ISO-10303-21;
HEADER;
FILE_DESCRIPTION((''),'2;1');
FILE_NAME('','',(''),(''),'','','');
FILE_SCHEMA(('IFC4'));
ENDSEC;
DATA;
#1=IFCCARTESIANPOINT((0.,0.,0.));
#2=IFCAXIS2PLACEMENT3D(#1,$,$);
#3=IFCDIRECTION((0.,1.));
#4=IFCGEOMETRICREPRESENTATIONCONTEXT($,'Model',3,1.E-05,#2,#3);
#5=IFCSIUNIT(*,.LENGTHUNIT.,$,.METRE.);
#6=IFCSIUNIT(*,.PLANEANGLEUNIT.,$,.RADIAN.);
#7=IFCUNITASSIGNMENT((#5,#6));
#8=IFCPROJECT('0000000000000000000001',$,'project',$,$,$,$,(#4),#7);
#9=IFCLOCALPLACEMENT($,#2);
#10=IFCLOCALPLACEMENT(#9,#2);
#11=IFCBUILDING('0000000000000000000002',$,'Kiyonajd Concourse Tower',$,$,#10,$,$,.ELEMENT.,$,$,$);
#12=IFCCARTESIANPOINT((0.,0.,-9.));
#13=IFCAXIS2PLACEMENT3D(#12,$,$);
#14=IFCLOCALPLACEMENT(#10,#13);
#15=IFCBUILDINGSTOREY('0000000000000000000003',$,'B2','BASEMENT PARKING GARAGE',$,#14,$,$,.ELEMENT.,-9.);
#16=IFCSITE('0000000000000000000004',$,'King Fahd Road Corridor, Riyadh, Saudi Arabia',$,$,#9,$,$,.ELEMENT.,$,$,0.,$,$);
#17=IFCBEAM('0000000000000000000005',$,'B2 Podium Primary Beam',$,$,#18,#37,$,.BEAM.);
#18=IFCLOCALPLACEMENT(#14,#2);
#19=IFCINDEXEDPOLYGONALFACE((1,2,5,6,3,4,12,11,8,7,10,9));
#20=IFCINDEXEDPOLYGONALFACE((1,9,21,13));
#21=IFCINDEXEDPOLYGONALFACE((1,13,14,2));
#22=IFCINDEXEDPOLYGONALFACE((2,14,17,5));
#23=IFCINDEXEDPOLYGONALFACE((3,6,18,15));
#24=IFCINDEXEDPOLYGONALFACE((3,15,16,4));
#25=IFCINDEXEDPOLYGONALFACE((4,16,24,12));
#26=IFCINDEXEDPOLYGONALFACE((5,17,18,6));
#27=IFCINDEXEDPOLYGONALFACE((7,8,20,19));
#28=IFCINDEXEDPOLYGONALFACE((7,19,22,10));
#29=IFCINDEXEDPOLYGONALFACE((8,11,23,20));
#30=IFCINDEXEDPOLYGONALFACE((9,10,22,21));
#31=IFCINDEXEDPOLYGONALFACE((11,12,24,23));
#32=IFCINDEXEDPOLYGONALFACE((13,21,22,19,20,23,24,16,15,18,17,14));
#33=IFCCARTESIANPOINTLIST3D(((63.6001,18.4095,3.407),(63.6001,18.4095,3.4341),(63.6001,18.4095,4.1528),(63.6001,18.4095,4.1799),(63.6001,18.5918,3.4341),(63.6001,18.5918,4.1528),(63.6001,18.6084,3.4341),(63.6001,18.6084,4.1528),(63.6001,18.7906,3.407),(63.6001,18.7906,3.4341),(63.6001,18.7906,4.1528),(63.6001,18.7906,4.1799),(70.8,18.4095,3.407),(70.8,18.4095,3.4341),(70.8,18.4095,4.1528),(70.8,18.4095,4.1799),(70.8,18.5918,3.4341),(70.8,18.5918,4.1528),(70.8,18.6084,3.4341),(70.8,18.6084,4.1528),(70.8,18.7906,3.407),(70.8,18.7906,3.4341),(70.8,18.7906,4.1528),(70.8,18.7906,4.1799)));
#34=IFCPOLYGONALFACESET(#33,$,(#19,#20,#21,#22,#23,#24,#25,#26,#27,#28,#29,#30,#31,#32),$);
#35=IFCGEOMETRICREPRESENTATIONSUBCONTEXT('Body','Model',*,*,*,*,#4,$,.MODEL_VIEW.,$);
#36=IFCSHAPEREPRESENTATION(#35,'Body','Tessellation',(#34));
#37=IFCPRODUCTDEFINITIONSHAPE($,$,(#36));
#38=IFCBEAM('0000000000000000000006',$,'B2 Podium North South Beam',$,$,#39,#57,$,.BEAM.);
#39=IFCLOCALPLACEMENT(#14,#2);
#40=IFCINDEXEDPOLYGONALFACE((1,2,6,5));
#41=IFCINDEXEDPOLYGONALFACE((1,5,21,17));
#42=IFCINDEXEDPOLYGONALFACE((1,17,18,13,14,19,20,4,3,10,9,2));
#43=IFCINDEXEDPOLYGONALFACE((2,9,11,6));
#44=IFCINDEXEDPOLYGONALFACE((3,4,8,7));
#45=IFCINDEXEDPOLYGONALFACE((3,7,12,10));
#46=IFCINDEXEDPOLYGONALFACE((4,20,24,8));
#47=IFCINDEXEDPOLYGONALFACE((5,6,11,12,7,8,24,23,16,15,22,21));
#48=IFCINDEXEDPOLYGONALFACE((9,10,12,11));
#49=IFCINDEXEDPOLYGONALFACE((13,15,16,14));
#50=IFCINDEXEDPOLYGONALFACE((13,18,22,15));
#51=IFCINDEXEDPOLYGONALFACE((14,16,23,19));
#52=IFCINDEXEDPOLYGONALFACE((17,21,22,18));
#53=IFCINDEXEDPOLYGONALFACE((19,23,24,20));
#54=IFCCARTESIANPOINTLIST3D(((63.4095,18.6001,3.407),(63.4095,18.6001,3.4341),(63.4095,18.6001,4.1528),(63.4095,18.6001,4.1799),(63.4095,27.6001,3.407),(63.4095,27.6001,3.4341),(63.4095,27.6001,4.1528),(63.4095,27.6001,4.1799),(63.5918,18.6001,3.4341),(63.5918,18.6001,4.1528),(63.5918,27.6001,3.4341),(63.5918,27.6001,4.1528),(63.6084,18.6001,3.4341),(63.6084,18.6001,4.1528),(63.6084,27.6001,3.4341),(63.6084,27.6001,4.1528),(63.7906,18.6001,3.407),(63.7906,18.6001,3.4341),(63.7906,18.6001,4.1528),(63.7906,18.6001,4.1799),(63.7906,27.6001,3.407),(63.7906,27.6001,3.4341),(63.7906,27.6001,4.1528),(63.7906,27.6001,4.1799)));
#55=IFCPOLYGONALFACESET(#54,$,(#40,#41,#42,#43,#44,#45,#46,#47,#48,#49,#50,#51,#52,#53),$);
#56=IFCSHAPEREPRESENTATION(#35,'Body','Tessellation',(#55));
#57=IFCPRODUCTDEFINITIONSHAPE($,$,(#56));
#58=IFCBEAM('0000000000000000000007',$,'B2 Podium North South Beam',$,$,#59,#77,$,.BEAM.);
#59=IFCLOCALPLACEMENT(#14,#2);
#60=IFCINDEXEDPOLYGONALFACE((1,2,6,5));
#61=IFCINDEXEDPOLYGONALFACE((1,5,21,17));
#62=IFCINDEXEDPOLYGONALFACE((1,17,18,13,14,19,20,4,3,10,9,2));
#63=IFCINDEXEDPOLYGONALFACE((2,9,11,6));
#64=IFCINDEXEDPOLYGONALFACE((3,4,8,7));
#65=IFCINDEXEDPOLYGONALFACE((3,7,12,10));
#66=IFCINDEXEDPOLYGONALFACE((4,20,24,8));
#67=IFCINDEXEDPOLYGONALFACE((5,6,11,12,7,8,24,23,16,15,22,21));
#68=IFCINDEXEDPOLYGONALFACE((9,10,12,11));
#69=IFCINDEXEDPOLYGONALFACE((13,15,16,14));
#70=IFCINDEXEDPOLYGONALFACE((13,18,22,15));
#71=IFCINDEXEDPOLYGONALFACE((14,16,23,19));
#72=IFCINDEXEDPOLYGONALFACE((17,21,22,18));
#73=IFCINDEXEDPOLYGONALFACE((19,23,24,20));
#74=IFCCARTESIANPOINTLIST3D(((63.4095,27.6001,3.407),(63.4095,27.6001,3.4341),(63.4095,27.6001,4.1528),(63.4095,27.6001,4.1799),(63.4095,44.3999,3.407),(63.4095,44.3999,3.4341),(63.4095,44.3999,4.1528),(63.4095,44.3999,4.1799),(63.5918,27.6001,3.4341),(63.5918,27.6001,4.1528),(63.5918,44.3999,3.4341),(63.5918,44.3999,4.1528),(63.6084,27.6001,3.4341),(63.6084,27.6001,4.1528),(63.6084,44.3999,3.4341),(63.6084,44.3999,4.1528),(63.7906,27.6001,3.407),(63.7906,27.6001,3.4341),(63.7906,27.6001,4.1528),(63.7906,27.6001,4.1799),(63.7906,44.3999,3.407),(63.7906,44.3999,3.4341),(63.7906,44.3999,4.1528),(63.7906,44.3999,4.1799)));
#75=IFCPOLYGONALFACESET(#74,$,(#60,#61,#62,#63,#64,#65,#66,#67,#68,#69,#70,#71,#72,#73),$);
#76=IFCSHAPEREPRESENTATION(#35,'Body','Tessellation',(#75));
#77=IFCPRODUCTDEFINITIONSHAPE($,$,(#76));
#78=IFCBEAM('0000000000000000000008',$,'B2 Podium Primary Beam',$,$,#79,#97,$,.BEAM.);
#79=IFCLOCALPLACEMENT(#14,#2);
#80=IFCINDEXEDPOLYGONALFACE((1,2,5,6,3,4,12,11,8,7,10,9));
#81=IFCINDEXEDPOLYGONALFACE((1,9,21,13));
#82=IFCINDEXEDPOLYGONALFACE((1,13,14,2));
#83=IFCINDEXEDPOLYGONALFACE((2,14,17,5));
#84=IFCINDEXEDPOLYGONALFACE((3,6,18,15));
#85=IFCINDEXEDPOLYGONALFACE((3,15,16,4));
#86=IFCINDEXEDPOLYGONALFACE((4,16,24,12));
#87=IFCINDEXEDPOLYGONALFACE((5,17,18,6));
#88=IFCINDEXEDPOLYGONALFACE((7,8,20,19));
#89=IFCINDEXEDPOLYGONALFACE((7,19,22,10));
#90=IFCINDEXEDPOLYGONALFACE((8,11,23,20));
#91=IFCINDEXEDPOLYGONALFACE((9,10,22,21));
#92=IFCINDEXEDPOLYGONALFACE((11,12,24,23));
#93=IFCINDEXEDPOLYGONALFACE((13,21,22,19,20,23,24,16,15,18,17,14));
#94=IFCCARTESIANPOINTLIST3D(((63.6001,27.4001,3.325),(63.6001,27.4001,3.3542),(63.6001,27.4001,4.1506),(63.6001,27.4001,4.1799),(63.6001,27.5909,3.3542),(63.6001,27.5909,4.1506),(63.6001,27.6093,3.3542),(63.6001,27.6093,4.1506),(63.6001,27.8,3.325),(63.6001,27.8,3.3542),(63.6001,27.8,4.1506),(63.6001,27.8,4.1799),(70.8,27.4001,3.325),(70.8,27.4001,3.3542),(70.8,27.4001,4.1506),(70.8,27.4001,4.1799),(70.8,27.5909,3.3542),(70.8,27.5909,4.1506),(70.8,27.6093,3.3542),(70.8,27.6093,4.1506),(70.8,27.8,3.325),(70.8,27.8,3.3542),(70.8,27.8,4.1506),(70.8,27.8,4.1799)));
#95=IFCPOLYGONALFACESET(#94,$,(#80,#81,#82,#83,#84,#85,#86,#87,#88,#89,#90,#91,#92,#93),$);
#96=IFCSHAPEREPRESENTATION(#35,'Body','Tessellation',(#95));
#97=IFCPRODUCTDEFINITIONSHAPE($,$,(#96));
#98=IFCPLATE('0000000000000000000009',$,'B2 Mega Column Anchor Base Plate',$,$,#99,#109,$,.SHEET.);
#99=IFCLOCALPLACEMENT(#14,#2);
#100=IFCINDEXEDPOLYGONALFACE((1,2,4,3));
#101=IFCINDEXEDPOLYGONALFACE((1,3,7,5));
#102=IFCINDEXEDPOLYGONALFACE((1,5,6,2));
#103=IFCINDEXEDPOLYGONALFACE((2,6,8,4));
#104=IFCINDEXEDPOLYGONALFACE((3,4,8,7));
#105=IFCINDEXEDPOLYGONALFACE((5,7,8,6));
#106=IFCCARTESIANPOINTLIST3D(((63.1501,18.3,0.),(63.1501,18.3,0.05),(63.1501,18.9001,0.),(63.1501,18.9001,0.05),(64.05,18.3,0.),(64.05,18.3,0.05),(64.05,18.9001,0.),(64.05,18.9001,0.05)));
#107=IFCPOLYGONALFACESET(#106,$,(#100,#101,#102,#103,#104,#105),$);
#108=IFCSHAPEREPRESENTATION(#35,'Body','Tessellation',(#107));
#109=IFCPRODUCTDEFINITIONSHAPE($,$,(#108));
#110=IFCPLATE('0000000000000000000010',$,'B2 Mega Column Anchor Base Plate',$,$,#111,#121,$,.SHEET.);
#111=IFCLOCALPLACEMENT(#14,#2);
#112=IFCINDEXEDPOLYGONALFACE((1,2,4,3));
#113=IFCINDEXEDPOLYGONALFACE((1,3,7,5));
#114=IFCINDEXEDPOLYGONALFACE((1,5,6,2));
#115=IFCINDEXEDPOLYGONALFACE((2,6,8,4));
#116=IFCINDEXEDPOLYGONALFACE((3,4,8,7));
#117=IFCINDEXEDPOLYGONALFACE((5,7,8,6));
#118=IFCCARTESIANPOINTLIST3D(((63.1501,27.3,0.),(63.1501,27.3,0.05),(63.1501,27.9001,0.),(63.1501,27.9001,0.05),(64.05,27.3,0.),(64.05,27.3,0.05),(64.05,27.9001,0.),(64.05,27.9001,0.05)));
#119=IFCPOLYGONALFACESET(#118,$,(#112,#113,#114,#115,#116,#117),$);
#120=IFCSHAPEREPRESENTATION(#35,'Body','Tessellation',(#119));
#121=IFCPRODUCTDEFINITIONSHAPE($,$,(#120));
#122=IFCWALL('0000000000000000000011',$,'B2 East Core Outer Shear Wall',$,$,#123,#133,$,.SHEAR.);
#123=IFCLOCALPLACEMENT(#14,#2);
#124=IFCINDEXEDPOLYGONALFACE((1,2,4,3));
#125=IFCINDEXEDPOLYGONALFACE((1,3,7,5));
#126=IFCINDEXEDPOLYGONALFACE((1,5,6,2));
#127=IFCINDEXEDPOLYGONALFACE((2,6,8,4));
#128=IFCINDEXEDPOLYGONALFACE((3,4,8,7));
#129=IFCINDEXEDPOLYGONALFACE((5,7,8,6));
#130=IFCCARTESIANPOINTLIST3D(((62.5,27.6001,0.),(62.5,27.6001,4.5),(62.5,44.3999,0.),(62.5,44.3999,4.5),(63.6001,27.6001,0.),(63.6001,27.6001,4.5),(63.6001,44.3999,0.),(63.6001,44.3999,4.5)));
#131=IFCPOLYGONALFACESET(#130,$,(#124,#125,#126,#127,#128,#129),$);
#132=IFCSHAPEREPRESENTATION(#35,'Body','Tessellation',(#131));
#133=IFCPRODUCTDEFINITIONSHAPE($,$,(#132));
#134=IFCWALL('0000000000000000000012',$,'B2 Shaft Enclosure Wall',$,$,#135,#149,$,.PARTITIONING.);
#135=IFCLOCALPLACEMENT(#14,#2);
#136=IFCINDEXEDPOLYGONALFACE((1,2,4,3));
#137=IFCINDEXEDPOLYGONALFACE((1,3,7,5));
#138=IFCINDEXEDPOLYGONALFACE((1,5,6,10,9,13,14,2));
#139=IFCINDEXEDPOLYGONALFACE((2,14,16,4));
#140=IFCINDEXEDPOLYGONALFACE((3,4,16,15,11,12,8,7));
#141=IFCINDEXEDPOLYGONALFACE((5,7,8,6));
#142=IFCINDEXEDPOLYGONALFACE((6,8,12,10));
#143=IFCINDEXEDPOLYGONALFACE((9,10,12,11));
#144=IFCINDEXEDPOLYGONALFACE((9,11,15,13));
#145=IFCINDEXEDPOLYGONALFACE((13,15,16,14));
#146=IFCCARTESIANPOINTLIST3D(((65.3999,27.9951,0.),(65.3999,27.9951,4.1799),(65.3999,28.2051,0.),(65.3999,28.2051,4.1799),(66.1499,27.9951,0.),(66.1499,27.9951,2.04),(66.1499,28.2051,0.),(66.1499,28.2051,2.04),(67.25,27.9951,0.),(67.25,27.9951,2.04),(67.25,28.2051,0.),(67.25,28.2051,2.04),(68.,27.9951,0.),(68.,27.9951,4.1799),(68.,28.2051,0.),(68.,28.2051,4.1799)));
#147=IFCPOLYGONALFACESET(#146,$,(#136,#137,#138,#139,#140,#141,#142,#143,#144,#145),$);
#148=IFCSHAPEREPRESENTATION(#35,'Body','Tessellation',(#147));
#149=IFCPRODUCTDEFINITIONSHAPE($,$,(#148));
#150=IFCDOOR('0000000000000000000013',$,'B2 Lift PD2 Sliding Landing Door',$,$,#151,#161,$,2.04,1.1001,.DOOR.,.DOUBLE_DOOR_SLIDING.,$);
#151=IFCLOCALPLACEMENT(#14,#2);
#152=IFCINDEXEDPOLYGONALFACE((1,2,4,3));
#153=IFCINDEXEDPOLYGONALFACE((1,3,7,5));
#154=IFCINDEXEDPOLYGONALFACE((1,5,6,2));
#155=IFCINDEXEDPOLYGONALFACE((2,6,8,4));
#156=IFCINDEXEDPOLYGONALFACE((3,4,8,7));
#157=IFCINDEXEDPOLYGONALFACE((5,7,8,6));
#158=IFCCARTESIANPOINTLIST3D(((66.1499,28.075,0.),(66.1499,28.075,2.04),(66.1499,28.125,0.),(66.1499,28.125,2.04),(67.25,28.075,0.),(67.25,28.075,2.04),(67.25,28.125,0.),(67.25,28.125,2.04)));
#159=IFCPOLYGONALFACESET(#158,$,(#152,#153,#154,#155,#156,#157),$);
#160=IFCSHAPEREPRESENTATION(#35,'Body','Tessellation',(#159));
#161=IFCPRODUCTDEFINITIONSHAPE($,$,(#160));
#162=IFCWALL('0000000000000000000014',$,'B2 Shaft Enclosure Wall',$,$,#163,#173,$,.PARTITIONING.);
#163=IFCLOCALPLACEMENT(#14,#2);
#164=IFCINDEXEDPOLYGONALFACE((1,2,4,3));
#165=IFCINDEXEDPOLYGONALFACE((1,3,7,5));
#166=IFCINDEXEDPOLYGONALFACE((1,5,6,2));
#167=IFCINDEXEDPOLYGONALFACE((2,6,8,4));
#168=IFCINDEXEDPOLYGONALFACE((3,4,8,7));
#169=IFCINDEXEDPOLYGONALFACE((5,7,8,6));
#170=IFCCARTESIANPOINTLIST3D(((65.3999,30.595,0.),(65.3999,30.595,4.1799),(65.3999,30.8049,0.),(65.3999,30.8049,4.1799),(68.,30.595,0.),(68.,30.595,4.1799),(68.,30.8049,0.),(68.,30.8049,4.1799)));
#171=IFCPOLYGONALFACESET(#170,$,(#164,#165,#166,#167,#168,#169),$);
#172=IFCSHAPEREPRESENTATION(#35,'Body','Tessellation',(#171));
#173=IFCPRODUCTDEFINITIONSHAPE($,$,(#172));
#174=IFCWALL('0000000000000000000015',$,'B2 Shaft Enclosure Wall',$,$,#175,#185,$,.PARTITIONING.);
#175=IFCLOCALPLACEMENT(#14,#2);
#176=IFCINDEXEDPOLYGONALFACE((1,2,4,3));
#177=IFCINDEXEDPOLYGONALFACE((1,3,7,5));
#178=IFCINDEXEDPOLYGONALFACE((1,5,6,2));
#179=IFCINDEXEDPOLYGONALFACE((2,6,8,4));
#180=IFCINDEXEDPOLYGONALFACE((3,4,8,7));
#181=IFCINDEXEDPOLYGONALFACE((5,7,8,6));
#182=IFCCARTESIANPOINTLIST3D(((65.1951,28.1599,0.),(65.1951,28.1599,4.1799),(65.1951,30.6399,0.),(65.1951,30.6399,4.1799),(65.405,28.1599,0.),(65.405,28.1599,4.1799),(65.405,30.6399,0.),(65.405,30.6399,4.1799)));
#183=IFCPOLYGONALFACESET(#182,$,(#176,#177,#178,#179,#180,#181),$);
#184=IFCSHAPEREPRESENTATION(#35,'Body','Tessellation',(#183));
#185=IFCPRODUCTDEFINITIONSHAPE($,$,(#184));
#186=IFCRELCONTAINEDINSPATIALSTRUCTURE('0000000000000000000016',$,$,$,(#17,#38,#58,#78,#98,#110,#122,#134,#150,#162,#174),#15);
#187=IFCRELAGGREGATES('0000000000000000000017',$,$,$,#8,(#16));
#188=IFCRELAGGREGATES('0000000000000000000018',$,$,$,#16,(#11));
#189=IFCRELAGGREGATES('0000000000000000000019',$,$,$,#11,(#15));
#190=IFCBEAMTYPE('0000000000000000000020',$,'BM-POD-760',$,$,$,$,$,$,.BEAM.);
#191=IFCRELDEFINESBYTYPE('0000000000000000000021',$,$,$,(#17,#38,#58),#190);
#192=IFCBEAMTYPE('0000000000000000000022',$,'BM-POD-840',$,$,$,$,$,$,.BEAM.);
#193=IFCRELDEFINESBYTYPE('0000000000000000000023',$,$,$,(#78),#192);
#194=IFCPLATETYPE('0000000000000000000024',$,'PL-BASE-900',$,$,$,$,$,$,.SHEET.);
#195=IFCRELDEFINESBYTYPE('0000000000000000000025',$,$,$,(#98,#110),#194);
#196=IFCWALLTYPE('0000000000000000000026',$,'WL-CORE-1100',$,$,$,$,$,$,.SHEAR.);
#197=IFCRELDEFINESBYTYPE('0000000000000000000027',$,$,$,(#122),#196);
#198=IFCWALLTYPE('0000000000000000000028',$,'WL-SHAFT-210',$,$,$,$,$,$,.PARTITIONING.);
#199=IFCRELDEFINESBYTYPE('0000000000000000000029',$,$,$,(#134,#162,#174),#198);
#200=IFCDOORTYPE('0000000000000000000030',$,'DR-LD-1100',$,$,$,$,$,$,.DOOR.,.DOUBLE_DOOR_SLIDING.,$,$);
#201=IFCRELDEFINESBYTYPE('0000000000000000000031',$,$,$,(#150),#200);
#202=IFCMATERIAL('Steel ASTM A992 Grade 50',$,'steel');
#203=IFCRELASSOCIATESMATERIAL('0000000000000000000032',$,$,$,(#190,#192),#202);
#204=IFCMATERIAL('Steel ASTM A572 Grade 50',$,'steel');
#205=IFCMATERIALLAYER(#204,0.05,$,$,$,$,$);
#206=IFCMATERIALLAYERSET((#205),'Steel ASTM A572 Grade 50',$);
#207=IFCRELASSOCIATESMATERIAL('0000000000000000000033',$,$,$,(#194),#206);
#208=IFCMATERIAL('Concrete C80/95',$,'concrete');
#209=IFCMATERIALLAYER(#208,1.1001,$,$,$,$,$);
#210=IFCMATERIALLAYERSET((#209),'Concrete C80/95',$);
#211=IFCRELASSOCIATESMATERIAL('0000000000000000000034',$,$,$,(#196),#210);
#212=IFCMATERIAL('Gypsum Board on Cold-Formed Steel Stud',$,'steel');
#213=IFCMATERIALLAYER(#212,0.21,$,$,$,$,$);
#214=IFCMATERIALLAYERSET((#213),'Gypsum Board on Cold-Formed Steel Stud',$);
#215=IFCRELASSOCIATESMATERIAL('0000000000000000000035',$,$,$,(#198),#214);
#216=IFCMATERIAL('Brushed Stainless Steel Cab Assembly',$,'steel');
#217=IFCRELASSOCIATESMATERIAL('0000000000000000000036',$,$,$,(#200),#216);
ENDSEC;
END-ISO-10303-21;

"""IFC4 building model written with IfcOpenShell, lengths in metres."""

from ifc_helpers import new_model, si_unit, direction, frame, frame_2d, origin, origin_2d, place, context, subcontext, project, spatial, rectangle, i_section, extrude, material, layer, layer_set, material_profile, profile_set, type_object, element, fill, save


model = new_model("IFC4")

# Units and contexts
model_context = context("Model", 3, precision=1e-05, world=origin(), true_north=direction((0.0, 1.0)))
body_context = subcontext(model_context, "Body", "Model", "MODEL_VIEW")
ifc_project = project(units=[si_unit("LENGTHUNIT", "METRE"), si_unit("PLANEANGLEUNIT", "RADIAN")], contexts=[model_context])

# Site, building, storey
site_placement = place(None, origin())
site = spatial("IfcSite", under=ifc_project, at=site_placement, Name="King Fahd Road Corridor, Riyadh, Saudi Arabia", CompositionType="ELEMENT", RefElevation=0.0)
building_placement = place(site_placement, origin())
building = spatial("IfcBuilding", under=site, at=building_placement, Name="Kiyonajd Concourse Tower", CompositionType="ELEMENT")
storey_placement = place(building_placement, frame((0.0, 0.0, -9.0)))
storey = spatial("IfcBuildingStorey", under=building, at=storey_placement, Name="B2", Description="BASEMENT PARKING GARAGE", CompositionType="ELEMENT", Elevation=-9.0)

# Shared definitions
ifc_material_1 = material(Name="Concrete C80/95", Category="concrete")

# Beams
ifc_material_2 = material(Name="Steel ASTM A992 Grade 50", Category="steel")
ifc_material_profile_1 = material_profile(ifc_material_2, i_section(OverallWidth=0.3811, OverallDepth=0.7729, WebThickness=0.0166, FlangeThickness=0.0271, at=origin_2d()), Name="W760X257")
ifc_profile_set_1 = profile_set([ifc_material_profile_1], Name="Steel ASTM A992 Grade 50")
beam_type_1 = type_object("IfcBeamType", Name="BM-POD-760", PredefinedType="BEAM", material=ifc_profile_set_1)
beam_1_placement = place(storey_placement, frame((63.6001, 18.6001, 3.7935), z_axis=(1.0, 0.0, 0.0), x_axis=(0.0, 1.0, 0.0)))
element("IfcBeam", 1, at=beam_1_placement, inside=storey, type_object=beam_type_1, Name="B2 Podium Primary Beam", PredefinedType="BEAM", context=body_context, shape_type="SweptSolid", body=[
    extrude(i_section(OverallWidth=0.3811, OverallDepth=0.7729, WebThickness=0.0166, FlangeThickness=0.0271, at=origin_2d()), origin(), (0.0, 0.0, 1.0), 7.2),
])
beam_2_placement = place(storey_placement, frame((63.6001, 18.6001, 3.7935), z_axis=(0.0, 1.0, 0.0), x_axis=(-1.0, 0.0, 0.0)))
element("IfcBeam", 2, at=beam_2_placement, inside=storey, type_object=beam_type_1, Name="B2 Podium North South Beam", PredefinedType="BEAM", context=body_context, shape_type="SweptSolid", body=[
    extrude(i_section(OverallWidth=0.3811, OverallDepth=0.7729, WebThickness=0.0166, FlangeThickness=0.0271, at=origin_2d()), origin(), (0.0, 0.0, 1.0), 9.0),
])
beam_3_placement = place(storey_placement, frame((63.6001, 27.6001, 3.7935), z_axis=(0.0, 1.0, 0.0), x_axis=(-1.0, 0.0, 0.0)))
element("IfcBeam", 3, at=beam_3_placement, inside=storey, type_object=beam_type_1, Name="B2 Podium North South Beam", PredefinedType="BEAM", context=body_context, shape_type="SweptSolid", body=[
    extrude(i_section(OverallWidth=0.3811, OverallDepth=0.7729, WebThickness=0.0166, FlangeThickness=0.0271, at=origin_2d()), origin(), (0.0, 0.0, 1.0), 16.7998),
])
ifc_material_profile_2 = material_profile(ifc_material_2, i_section(OverallWidth=0.3999, OverallDepth=0.855, WebThickness=0.0183, FlangeThickness=0.0293, at=origin_2d()), Name="W840X299")
ifc_profile_set_2 = profile_set([ifc_material_profile_2], Name="Steel ASTM A992 Grade 50")
beam_type_2 = type_object("IfcBeamType", Name="BM-POD-840", PredefinedType="BEAM", material=ifc_profile_set_2)
beam_4_placement = place(storey_placement, frame((63.6001, 27.6001, 3.7524), z_axis=(1.0, 0.0, 0.0), x_axis=(0.0, 1.0, 0.0)))
element("IfcBeam", 4, at=beam_4_placement, inside=storey, type_object=beam_type_2, Name="B2 Podium Primary Beam", PredefinedType="BEAM", context=body_context, shape_type="SweptSolid", body=[
    extrude(i_section(OverallWidth=0.3999, OverallDepth=0.855, WebThickness=0.0183, FlangeThickness=0.0293, at=origin_2d()), origin(), (0.0, 0.0, 1.0), 7.2),
])

# Plates
ifc_material_3 = material(Name="Steel ASTM A572 Grade 50", Category="steel")
ifc_layer_1 = layer(ifc_material_3, 0.05)
ifc_layer_set_1 = layer_set([ifc_layer_1], Name="Steel ASTM A572 Grade 50")
plate_type = type_object("IfcPlateType", Name="PL-BASE-900", PredefinedType="SHEET", material=ifc_layer_set_1)
for number, where, z_axis, x_axis, name in (
    (5, (63.6001, 18.6001, 0.0), (0.0, 0.0, 1.0), (1.0, 0.0, 0.0), "B2 Mega Column Anchor Base Plate"),
    (6, (63.6001, 27.6001, 0.0), (0.0, 0.0, 1.0), (1.0, 0.0, 0.0), "B2 Mega Column Anchor Base Plate"),
):
    element("IfcPlate", number, at=place(storey_placement, frame(where, z_axis=z_axis, x_axis=x_axis)), inside=storey, type_object=plate_type, Name=name, PredefinedType="SHEET", context=body_context, shape_type="SweptSolid", body=[
        extrude(rectangle(XDim=0.8999, YDim=0.6001, at=origin_2d()), origin(), (0.0, 0.0, 1.0), 0.05),
    ])

# Wall
ifc_layer_2 = layer(ifc_material_1, 1.1001)
ifc_layer_set_2 = layer_set([ifc_layer_2], Name="Concrete C80/95")
wall_type_1 = type_object("IfcWallType", Name="WL-CORE-1100", PredefinedType="SHEAR", material=ifc_layer_set_2)
wall_1_placement = place(storey_placement, frame((63.05, 27.6001, 0.0), z_axis=(0.0, 0.0, 1.0), x_axis=(0.0, 1.0, 0.0)))
element("IfcWall", 7, at=wall_1_placement, inside=storey, type_object=wall_type_1, Name="B2 East Core Outer Shear Wall", PredefinedType="SHEAR", context=body_context, shape_type="SweptSolid", body=[
    extrude(rectangle(XDim=16.7998, YDim=1.1001, at=frame_2d((8.3999, 0.0))), origin(), (0.0, 0.0, 1.0), 4.5),
])

# Wall, opening, door
ifc_material_4 = material(Name="Gypsum Board on Cold-Formed Steel Stud", Category="steel")
ifc_layer_3 = layer(ifc_material_4, 0.21)
ifc_layer_set_3 = layer_set([ifc_layer_3], Name="Gypsum Board on Cold-Formed Steel Stud")
wall_type_2 = type_object("IfcWallType", Name="WL-SHAFT-210", PredefinedType="PARTITIONING", material=ifc_layer_set_3)
wall_2_placement = place(storey_placement, frame((65.3999, 28.1001, 0.0), z_axis=(0.0, 0.0, 1.0), x_axis=(1.0, 0.0, 0.0)))
wall_2 = element("IfcWall", 8, at=wall_2_placement, inside=storey, type_object=wall_type_2, Name="B2 Shaft Enclosure Wall", PredefinedType="PARTITIONING", context=body_context, shape_type="SweptSolid", body=[
    extrude(rectangle(XDim=2.6001, YDim=0.21, at=frame_2d((1.3, 0.0))), origin(), (0.0, 0.0, 1.0), 4.1799),
])
opening_placement = place(wall_2_placement, frame((0.75, 0.0, 0.0)))
opening = element("IfcOpeningElement", 9, at=opening_placement, cuts=wall_2, PredefinedType="OPENING", context=body_context, shape_type="SweptSolid", body=[
    extrude(rectangle(XDim=1.1001, YDim=2.04, at=frame_2d((0.55, 1.02))), frame((0.0, 0.115, 0.0), z_axis=(0.0, -1.0, 0.0), x_axis=(1.0, 0.0, 0.0)), (0.0, 0.0, 1.0), 0.23),
])
ifc_material_5 = material(Name="Brushed Stainless Steel Cab Assembly", Category="steel")
door_type = type_object("IfcDoorType", Name="DR-LD-1100", OperationType="DOUBLE_DOOR_SLIDING", PredefinedType="DOOR", material=ifc_material_5)
door_placement = place(opening_placement, origin())
door = element("IfcDoor", 10, at=door_placement, inside=storey, type_object=door_type, Name="B2 Lift PD2 Sliding Landing Door", OperationType="DOUBLE_DOOR_SLIDING", OverallHeight=2.04, OverallWidth=1.1001, PredefinedType="DOOR", context=body_context, shape_type="SweptSolid", body=[
    extrude(rectangle(XDim=1.1001, YDim=2.04, at=frame_2d((0.55, 1.02))), frame((0.0, 0.0249, 0.0), z_axis=(0.0, -1.0, 0.0), x_axis=(1.0, 0.0, 0.0)), (0.0, 0.0, 1.0), 0.05),
])
fill(opening, door)

# Walls
wall_3_placement = place(storey_placement, frame((65.3999, 30.7, 0.0), z_axis=(0.0, 0.0, 1.0), x_axis=(1.0, 0.0, 0.0)))
element("IfcWall", 11, at=wall_3_placement, inside=storey, type_object=wall_type_2, Name="B2 Shaft Enclosure Wall", PredefinedType="PARTITIONING", context=body_context, shape_type="SweptSolid", body=[
    extrude(rectangle(XDim=2.6001, YDim=0.21, at=frame_2d((1.3, 0.0))), origin(), (0.0, 0.0, 1.0), 4.1799),
])
for number, where, z_axis, x_axis, name in (
    (12, (65.3, 28.1599, 0.0), (0.0, 0.0, 1.0), (0.0, 1.0, 0.0), "B2 Shaft Enclosure Wall"),
):
    element("IfcWall", number, at=place(storey_placement, frame(where, z_axis=z_axis, x_axis=x_axis)), inside=storey, type_object=wall_type_2, Name=name, PredefinedType="PARTITIONING", context=body_context, shape_type="SweptSolid", body=[
        extrude(rectangle(XDim=2.48, YDim=0.21, at=frame_2d((1.24, 0.0))), origin(), (0.0, 0.0, 1.0), 4.1799),
    ])

save(model, "model.ifc")
